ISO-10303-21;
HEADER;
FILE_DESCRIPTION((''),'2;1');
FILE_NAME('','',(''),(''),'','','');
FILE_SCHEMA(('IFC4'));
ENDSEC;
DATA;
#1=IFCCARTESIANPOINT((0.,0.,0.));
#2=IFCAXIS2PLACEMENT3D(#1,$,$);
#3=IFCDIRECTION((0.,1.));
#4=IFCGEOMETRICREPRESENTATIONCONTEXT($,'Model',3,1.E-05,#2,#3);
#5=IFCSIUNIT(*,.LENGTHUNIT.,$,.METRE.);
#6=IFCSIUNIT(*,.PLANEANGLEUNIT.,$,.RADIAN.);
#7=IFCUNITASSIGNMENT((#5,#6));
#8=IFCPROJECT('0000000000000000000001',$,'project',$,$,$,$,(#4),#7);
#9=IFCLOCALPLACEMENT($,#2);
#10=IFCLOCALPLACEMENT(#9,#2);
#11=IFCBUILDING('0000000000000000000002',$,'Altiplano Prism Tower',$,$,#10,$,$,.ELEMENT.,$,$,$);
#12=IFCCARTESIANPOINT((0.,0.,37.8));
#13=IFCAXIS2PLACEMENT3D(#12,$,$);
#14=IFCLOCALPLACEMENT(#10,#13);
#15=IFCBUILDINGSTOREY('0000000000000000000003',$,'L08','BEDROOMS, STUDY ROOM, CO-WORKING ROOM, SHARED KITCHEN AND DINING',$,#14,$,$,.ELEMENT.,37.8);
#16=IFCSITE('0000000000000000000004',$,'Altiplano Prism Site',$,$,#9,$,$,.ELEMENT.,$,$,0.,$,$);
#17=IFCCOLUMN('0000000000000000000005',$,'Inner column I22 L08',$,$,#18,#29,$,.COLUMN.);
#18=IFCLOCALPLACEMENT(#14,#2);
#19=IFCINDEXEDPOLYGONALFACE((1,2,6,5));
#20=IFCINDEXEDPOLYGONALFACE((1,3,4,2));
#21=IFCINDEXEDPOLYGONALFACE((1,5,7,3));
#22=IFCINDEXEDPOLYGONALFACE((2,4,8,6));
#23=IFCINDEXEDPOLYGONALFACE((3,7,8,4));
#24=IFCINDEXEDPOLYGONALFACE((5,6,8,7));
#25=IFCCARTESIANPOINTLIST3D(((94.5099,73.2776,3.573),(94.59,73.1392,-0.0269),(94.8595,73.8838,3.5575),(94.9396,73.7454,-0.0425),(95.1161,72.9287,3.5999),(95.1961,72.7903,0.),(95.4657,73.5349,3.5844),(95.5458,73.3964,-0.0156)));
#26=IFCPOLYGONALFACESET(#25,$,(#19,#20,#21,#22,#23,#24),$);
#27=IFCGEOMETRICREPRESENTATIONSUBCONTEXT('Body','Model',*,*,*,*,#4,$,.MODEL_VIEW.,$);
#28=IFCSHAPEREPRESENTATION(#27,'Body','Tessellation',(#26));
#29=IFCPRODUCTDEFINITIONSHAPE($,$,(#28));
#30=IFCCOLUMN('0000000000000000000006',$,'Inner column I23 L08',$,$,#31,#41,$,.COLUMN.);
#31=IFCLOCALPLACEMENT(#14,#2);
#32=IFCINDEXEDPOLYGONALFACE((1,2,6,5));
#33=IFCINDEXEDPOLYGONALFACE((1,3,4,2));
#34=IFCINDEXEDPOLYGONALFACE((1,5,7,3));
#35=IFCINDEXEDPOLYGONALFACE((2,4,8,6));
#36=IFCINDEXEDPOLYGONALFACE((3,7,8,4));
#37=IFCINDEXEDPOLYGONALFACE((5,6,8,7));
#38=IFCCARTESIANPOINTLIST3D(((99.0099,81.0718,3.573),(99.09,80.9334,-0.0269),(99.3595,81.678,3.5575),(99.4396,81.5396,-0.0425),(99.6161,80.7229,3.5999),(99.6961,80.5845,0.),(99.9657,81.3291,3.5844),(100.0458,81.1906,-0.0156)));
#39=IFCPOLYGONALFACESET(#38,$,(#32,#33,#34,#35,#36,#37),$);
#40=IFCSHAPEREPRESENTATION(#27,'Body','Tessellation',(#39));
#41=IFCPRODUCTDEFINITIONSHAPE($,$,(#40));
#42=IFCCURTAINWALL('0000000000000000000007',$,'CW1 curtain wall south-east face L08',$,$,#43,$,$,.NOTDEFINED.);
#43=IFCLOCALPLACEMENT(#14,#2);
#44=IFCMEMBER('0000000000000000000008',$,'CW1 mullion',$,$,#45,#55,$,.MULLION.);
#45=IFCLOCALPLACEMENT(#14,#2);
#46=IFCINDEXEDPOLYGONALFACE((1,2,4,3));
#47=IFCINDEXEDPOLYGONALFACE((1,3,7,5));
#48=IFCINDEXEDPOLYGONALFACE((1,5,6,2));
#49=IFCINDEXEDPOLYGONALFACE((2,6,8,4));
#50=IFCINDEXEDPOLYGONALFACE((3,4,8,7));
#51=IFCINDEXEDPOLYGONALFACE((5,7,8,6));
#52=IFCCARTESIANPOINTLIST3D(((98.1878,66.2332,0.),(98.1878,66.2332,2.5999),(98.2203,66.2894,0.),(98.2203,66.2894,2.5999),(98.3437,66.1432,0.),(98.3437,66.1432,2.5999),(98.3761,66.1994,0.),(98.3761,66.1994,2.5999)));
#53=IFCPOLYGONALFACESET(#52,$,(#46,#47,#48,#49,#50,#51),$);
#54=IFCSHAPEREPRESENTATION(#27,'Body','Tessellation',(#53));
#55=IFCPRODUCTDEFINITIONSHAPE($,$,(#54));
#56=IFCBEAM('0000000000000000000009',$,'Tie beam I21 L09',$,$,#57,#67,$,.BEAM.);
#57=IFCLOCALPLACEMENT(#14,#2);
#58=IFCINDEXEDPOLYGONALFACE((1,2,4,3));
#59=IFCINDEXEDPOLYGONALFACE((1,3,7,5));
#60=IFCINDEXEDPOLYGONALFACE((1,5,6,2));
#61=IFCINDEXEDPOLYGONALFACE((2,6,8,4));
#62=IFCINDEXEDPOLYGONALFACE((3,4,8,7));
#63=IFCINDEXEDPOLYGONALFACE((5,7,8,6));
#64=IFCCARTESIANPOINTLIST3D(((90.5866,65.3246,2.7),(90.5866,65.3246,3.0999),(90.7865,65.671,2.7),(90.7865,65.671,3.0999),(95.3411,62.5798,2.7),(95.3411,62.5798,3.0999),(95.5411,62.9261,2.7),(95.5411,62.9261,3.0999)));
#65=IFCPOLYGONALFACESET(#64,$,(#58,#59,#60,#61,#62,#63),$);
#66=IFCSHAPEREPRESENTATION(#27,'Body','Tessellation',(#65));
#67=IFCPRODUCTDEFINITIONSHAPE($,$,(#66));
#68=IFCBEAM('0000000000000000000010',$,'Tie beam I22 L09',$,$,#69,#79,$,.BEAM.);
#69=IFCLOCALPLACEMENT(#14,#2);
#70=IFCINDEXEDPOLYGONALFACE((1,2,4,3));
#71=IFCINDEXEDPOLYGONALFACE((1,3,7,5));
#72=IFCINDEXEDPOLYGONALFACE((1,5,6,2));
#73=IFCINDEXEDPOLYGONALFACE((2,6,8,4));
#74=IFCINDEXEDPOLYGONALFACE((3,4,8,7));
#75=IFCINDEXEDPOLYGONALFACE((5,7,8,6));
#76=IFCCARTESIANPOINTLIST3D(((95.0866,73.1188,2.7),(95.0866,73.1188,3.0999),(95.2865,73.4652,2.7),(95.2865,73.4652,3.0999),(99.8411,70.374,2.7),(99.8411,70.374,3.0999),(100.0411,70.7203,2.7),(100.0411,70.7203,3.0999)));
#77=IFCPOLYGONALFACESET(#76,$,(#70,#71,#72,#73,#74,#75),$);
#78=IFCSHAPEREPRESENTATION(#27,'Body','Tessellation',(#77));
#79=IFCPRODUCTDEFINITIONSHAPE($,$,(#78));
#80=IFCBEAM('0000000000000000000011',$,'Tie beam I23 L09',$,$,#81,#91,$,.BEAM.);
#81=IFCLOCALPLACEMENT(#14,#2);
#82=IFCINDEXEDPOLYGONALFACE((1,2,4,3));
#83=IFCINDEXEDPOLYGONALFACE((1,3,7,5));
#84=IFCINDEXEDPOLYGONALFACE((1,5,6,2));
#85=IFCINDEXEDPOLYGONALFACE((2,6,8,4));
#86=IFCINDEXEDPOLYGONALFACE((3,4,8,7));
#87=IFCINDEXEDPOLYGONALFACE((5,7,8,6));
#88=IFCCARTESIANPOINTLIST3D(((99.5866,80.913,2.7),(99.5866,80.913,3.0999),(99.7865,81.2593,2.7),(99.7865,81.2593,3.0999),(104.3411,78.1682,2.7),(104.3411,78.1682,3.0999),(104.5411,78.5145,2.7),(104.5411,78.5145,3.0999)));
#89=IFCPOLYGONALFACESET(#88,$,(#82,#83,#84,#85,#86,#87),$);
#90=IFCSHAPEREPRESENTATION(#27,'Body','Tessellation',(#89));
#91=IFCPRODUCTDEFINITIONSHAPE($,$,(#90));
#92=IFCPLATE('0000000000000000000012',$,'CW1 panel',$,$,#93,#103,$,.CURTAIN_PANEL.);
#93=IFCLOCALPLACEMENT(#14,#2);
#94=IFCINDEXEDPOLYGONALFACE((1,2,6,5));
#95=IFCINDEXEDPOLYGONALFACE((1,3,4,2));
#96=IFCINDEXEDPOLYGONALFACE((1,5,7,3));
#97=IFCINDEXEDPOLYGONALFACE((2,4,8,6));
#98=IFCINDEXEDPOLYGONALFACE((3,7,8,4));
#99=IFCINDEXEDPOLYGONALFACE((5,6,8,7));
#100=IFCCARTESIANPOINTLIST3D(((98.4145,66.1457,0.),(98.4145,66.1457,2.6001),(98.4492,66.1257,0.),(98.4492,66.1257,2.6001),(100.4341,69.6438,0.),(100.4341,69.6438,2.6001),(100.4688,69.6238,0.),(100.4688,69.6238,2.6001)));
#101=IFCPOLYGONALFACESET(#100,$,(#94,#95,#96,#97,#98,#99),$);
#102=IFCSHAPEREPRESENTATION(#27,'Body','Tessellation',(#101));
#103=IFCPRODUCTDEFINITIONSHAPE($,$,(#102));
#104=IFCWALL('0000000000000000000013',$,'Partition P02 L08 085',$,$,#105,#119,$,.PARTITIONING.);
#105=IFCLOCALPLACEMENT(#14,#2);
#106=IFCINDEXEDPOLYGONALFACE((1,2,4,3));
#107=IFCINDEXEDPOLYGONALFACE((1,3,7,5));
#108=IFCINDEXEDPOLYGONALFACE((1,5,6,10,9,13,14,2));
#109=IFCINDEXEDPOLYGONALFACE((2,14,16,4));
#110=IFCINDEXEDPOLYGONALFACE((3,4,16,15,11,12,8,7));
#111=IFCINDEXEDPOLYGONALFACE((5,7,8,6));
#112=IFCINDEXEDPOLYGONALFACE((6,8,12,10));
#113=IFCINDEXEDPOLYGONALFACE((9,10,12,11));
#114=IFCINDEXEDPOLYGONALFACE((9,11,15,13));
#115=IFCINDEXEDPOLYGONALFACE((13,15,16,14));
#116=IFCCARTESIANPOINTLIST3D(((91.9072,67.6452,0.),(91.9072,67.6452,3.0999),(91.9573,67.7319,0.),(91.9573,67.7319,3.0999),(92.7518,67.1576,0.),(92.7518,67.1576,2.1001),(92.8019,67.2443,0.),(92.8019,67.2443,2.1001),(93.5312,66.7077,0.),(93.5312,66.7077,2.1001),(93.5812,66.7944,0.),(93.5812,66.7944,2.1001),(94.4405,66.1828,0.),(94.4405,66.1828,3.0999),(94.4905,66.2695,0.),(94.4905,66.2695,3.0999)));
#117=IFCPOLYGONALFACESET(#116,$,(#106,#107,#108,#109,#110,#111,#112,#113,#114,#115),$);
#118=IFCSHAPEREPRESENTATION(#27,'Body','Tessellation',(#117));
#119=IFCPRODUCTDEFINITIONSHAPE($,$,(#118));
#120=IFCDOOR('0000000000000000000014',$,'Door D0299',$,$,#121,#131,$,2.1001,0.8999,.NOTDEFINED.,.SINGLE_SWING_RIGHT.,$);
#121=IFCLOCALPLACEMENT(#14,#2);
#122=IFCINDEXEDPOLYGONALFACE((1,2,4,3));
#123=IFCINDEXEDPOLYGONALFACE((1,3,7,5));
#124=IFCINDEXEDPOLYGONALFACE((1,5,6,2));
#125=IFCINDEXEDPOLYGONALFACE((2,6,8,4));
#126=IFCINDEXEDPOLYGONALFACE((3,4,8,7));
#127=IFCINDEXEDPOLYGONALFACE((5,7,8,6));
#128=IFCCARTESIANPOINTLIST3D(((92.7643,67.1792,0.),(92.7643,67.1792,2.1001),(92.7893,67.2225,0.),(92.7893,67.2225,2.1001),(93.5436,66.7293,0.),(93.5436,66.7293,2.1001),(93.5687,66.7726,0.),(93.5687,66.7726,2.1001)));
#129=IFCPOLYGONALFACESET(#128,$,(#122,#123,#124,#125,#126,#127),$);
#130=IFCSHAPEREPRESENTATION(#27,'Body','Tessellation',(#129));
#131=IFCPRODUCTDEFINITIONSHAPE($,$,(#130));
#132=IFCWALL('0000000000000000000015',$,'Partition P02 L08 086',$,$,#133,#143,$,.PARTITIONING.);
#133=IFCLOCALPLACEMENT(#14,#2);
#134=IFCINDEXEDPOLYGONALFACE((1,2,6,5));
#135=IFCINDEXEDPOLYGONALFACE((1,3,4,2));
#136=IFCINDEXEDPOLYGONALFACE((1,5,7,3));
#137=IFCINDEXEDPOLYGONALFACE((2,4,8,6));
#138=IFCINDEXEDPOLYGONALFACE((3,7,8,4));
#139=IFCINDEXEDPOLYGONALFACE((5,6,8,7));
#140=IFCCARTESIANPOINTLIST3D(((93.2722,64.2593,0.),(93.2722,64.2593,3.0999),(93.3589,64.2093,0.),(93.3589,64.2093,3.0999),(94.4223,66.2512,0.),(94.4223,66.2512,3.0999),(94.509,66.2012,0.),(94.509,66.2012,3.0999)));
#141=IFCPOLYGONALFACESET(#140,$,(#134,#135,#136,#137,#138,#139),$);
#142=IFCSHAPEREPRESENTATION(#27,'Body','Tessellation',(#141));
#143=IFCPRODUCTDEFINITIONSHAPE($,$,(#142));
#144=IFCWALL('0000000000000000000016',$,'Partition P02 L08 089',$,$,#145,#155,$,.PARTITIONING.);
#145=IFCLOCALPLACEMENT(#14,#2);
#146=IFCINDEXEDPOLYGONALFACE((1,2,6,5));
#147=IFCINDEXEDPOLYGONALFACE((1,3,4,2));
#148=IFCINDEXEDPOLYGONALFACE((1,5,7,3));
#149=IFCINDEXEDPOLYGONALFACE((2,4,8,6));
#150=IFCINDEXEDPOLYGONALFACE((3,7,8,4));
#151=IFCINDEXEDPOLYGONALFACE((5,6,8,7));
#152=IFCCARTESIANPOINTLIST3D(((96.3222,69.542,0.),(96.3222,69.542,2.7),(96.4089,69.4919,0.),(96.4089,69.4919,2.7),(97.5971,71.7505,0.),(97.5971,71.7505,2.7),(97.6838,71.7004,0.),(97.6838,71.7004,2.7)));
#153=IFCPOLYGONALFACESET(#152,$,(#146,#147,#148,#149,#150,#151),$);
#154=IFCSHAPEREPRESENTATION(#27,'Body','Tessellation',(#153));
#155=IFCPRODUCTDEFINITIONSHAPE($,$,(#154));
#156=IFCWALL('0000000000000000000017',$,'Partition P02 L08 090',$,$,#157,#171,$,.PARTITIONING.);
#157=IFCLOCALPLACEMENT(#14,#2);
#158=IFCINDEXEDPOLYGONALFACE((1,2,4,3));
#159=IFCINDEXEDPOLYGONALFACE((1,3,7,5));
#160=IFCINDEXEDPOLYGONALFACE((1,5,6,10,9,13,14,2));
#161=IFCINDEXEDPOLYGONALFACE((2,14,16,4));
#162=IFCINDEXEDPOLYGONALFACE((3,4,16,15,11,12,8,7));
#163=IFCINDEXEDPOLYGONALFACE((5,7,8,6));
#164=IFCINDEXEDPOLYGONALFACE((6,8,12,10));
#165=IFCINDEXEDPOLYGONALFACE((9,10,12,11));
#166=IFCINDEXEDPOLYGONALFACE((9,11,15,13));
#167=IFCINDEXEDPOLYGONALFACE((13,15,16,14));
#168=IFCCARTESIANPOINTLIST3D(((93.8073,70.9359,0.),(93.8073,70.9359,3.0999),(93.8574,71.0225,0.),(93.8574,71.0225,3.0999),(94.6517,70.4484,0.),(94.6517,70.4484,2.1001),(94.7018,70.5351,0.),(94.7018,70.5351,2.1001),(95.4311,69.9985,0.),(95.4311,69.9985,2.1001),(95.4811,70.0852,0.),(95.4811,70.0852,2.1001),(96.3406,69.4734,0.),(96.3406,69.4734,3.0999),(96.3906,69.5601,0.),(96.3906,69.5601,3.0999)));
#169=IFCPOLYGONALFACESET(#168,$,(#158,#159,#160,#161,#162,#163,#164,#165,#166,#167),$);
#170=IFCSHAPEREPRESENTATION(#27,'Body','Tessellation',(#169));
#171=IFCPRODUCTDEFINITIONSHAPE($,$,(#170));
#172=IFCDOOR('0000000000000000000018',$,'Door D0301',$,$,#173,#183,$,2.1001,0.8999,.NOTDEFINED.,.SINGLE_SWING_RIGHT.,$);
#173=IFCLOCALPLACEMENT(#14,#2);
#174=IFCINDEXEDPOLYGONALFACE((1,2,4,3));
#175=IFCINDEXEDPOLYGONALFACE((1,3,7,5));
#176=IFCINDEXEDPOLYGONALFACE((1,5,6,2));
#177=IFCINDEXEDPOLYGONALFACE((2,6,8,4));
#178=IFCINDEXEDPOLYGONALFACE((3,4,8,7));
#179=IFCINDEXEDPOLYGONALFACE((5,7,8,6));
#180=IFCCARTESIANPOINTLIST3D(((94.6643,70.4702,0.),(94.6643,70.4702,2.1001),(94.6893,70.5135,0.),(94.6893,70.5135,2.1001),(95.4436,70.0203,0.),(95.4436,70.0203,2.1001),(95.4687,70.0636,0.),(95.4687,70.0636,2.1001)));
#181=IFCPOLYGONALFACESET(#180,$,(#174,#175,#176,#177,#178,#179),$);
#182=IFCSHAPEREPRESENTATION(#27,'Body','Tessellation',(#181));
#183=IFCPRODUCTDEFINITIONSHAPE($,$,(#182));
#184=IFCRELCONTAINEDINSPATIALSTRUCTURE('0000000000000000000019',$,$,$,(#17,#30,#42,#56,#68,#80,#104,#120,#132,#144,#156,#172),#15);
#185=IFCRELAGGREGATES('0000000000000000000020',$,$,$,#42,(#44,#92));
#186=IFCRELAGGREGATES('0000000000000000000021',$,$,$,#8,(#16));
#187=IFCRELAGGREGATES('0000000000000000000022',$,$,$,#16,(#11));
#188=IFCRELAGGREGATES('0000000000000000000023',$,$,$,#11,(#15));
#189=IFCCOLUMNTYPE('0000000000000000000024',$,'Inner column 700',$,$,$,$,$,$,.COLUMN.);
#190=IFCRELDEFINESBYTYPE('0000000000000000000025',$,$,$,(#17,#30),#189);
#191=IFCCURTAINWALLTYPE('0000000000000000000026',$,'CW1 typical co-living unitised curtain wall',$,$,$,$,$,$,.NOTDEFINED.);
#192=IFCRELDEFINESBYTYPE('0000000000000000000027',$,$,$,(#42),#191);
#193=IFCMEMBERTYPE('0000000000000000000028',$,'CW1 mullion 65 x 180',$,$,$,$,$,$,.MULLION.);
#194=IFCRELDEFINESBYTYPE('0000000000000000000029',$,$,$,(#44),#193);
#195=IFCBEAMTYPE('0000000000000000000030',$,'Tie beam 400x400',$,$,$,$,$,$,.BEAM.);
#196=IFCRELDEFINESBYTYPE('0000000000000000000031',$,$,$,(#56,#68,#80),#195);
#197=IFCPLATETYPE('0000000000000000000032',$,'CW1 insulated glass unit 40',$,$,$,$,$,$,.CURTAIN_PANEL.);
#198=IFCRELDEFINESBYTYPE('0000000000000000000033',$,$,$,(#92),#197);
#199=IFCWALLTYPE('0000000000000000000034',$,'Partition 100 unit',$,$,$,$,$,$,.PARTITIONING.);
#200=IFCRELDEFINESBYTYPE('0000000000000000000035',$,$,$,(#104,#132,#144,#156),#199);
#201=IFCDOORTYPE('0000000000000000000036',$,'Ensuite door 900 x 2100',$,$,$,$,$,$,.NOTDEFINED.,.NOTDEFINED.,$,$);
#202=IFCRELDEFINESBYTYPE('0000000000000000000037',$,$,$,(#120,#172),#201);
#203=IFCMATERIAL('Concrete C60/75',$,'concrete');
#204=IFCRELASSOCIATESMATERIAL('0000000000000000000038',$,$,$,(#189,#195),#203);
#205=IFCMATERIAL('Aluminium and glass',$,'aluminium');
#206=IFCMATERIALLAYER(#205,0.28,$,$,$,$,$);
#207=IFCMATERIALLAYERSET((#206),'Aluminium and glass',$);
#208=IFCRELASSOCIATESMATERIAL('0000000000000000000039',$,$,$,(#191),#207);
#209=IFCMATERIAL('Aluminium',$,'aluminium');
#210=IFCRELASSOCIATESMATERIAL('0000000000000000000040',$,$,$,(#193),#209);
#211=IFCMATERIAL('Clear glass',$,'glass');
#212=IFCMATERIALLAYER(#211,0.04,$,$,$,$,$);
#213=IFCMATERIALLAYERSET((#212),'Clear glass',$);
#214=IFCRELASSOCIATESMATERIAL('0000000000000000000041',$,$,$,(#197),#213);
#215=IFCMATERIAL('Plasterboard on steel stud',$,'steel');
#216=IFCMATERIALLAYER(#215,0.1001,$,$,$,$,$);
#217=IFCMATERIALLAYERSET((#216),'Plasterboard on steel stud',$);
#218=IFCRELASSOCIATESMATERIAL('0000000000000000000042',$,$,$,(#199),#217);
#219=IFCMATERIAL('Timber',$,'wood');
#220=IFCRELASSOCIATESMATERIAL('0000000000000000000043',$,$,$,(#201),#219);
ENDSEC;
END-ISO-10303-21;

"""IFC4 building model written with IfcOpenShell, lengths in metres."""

from ifc_helpers import new_model, si_unit, direction, frame, frame_2d, origin, origin_2d, place, context, subcontext, project, spatial, rectangle, extrude, material, layer, layer_set, material_profile, profile_set, type_object, element, fill, aggregate, save


model = new_model("IFC4")

# Units and contexts
model_context = context("Model", 3, precision=1e-05, world=origin(), true_north=direction((0.0, 1.0)))
body_context = subcontext(model_context, "Body", "Model", "MODEL_VIEW")
ifc_project = project(units=[si_unit("LENGTHUNIT", "METRE"), si_unit("PLANEANGLEUNIT", "RADIAN")], contexts=[model_context])

# Site, building, storey
site_placement = place(None, origin())
site = spatial("IfcSite", under=ifc_project, at=site_placement, Name="Altiplano Prism Site", CompositionType="ELEMENT", RefElevation=0.0)
building_placement = place(site_placement, origin())
building = spatial("IfcBuilding", under=site, at=building_placement, Name="Altiplano Prism Tower", CompositionType="ELEMENT")
storey_placement = place(building_placement, frame((0.0, 0.0, 37.8)))
storey = spatial("IfcBuildingStorey", under=building, at=storey_placement, Name="L08", Description="BEDROOMS, STUDY ROOM, CO-WORKING ROOM, SHARED KITCHEN AND DINING", CompositionType="ELEMENT", Elevation=37.8)

# Columns
ifc_material_1 = material(Name="Concrete C60/75", Category="concrete")
ifc_material_profile_1 = material_profile(ifc_material_1, rectangle(XDim=0.7, YDim=0.7, at=origin_2d()), Name="Inner column 700")
ifc_profile_set_1 = profile_set([ifc_material_profile_1], Name="Concrete C60/75")
column_type = type_object("IfcColumnType", Name="Inner column 700", PredefinedType="COLUMN", material=ifc_profile_set_1)
for number, where, z_axis, x_axis, name in (
    (1, (95.0679, 73.2678, -0.0212), (-0.022223, 0.038416, 0.999015), (-0.499518, -0.86602, 0.02219), "Inner column I22 L08"),
    (2, (99.5679, 81.062, -0.0212), (-0.022223, 0.038416, 0.999015), (-0.499506, -0.866026, 0.022191), "Inner column I23 L08"),
):
    element("IfcColumn", number, at=place(storey_placement, frame(where, z_axis=z_axis, x_axis=x_axis)), inside=storey, type_object=column_type, Name=name, PredefinedType="COLUMN", context=body_context, shape_type="SweptSolid", body=[
        extrude(rectangle(XDim=0.7, YDim=0.7, at=origin_2d()), origin(), (0.0, 0.0, 1.0), 3.6035),
    ])

# Curtain wall, member
ifc_material_2 = material(Name="Aluminium and glass", Category="aluminium")
ifc_layer_1 = layer(ifc_material_2, 0.28)
ifc_layer_set_1 = layer_set([ifc_layer_1], Name="Aluminium and glass")
curtain_wall_type = type_object("IfcCurtainWallType", Name="CW1 typical co-living unitised curtain wall", PredefinedType="NOTDEFINED", material=ifc_layer_set_1)
curtain_wall_placement = place(storey_placement, origin())
curtain_wall = element("IfcCurtainWall", 3, at=curtain_wall_placement, inside=storey, type_object=curtain_wall_type, Name="CW1 curtain wall south-east face L08", PredefinedType="NOTDEFINED")
ifc_material_3 = material(Name="Aluminium", Category="aluminium")
ifc_material_profile_2 = material_profile(ifc_material_3, rectangle(XDim=0.1799, YDim=0.0649, at=origin_2d()), Name="CW1 mullion 65 x 180")
ifc_profile_set_2 = profile_set([ifc_material_profile_2], Name="Aluminium")
member_type = type_object("IfcMemberType", Name="CW1 mullion 65 x 180", PredefinedType="MULLION", material=ifc_profile_set_2)
member_placement = place(storey_placement, frame((98.282, 66.2163, 0.0), z_axis=(0.0, 0.0, 1.0), x_axis=(-0.866025, 0.5, 0.0)))
member = element("IfcMember", 4, at=member_placement, type_object=member_type, Name="CW1 mullion", PredefinedType="MULLION", context=body_context, shape_type="SweptSolid", body=[
    extrude(rectangle(XDim=0.1799, YDim=0.0649, at=origin_2d()), origin(), (0.0, 0.0, 1.0), 2.5999),
])

# Beams
ifc_material_profile_3 = material_profile(ifc_material_1, rectangle(XDim=0.3999, YDim=0.3999, at=origin_2d()), Name="Tie beam 400x400")
ifc_profile_set_3 = profile_set([ifc_material_profile_3], Name="Concrete C60/75")
beam_type = type_object("IfcBeamType", Name="Tie beam 400x400", PredefinedType="BEAM", material=ifc_profile_set_3)
for number, where, z_axis, x_axis, name in (
    (5, (90.6865, 65.4978, 2.8999), (0.866043, -0.49997, 0.0), (0.49997, 0.866043, 0.0), "Tie beam I21 L09"),
    (6, (95.1865, 73.292, 2.8999), (0.866043, -0.49997, 0.0), (0.49997, 0.866043, 0.0), "Tie beam I22 L09"),
    (7, (99.6865, 81.0862, 2.8999), (0.866043, -0.49997, 0.0), (0.49997, 0.866043, 0.0), "Tie beam I23 L09"),
):
    element("IfcBeam", number, at=place(storey_placement, frame(where, z_axis=z_axis, x_axis=x_axis)), inside=storey, type_object=beam_type, Name=name, PredefinedType="BEAM", context=body_context, shape_type="SweptSolid", body=[
        extrude(rectangle(XDim=0.3999, YDim=0.3999, at=origin_2d()), origin(), (0.0, 0.0, 1.0), 5.49),
    ])

# Plate
ifc_material_4 = material(Name="Clear glass", Category="glass")
ifc_layer_2 = layer(ifc_material_4, 0.04)
ifc_layer_set_2 = layer_set([ifc_layer_2], Name="Clear glass")
plate_type = type_object("IfcPlateType", Name="CW1 insulated glass unit 40", PredefinedType="CURTAIN_PANEL", material=ifc_layer_set_2)
plate_placement = place(storey_placement, frame((99.4417, 67.8848, 0.0), z_axis=(0.0, 0.0, 1.0), x_axis=(0.5, 0.866025, 0.0)))
plate = element("IfcPlate", 8, at=plate_placement, type_object=plate_type, Name="CW1 panel", PredefinedType="CURTAIN_PANEL", context=body_context, shape_type="SweptSolid", body=[
    extrude(rectangle(XDim=4.0393, YDim=0.04, at=origin_2d()), origin(), (0.0, 0.0, 1.0), 2.6001),
])
aggregate(curtain_wall, [member, plate])

# Wall, opening, door
ifc_material_5 = material(Name="Plasterboard on steel stud", Category="steel")
ifc_layer_3 = layer(ifc_material_5, 0.1001)
ifc_layer_set_3 = layer_set([ifc_layer_3], Name="Plasterboard on steel stud")
wall_type_1 = type_object("IfcWallType", Name="Partition 100 unit", PredefinedType="PARTITIONING", material=ifc_layer_set_3)
wall_1_placement = place(storey_placement, frame((91.9324, 67.6885, 0.0), z_axis=(0.0, 0.0, 1.0), x_axis=(0.866047, -0.499963, 0.0)))
wall_1 = element("IfcWall", 9, at=wall_1_placement, inside=storey, type_object=wall_type_1, Name="Partition P02 L08 085", PredefinedType="PARTITIONING", context=body_context, shape_type="SweptSolid", body=[
    extrude(rectangle(XDim=2.925, YDim=0.1001, at=frame_2d((1.4624, 0.0))), origin(), (0.0, 0.0, 1.0), 3.0999),
])
opening_1_placement = place(wall_1_placement, frame((0.9751, 0.0, 0.0)))
opening_1 = element("IfcOpeningElement", 10, at=opening_1_placement, cuts=wall_1, PredefinedType="OPENING", context=body_context, shape_type="SweptSolid", body=[
    extrude(rectangle(XDim=0.8999, YDim=2.1001, at=frame_2d((0.45, 1.05))), frame((0.0, 0.0605, 0.0), z_axis=(0.0, -1.0, 0.0), x_axis=(1.0, 0.0, 0.0)), (0.0, 0.0, 1.0), 0.1211),
])
ifc_material_6 = material(Name="Timber", Category="wood")
door_type = type_object("IfcDoorType", Name="Ensuite door 900 x 2100", OperationType="NOTDEFINED", PredefinedType="NOTDEFINED", material=ifc_material_6)
door_1_placement = place(opening_1_placement, origin())
door_1 = element("IfcDoor", 11, at=door_1_placement, inside=storey, type_object=door_type, Name="Door D0299", OperationType="SINGLE_SWING_RIGHT", OverallHeight=2.1001, OverallWidth=0.8999, PredefinedType="NOTDEFINED", context=body_context, shape_type="SweptSolid", body=[
    extrude(rectangle(XDim=0.8999, YDim=2.1001, at=frame_2d((0.45, 1.05))), frame((0.0, 0.0249, 0.0), z_axis=(0.0, -1.0, 0.0), x_axis=(1.0, 0.0, 0.0)), (0.0, 0.0, 1.0), 0.05),
])
fill(opening_1, door_1)

# Walls
wall_2_placement = place(storey_placement, frame((94.4656, 66.2261, 0.0), z_axis=(0.0, 0.0, 1.0), x_axis=(-0.500032, -0.866007, 0.0)))
element("IfcWall", 12, at=wall_2_placement, inside=storey, type_object=wall_type_1, Name="Partition P02 L08 086", PredefinedType="PARTITIONING", context=body_context, shape_type="SweptSolid", body=[
    extrude(rectangle(XDim=2.3, YDim=0.1001, at=frame_2d((1.1499, 0.0))), origin(), (0.0, 0.0, 1.0), 3.0999),
])
wall_3_placement = place(storey_placement, frame((97.6404, 71.7253, 0.0), z_axis=(0.0, 0.0, 1.0), x_axis=(-0.499949, -0.866055, 0.0)))
element("IfcWall", 13, at=wall_3_placement, inside=storey, type_object=wall_type_1, Name="Partition P02 L08 089", PredefinedType="PARTITIONING", context=body_context, shape_type="SweptSolid", body=[
    extrude(rectangle(XDim=2.55, YDim=0.1001, at=frame_2d((1.2749, 0.0))), origin(), (0.0, 0.0, 1.0), 2.7),
])

# Wall, opening, door
wall_4_placement = place(storey_placement, frame((96.3655, 69.5168, 0.0), z_axis=(0.0, 0.0, 1.0), x_axis=(-0.866047, 0.499963, 0.0)))
wall_4 = element("IfcWall", 14, at=wall_4_placement, inside=storey, type_object=wall_type_1, Name="Partition P02 L08 090", PredefinedType="PARTITIONING", context=body_context, shape_type="SweptSolid", body=[
    extrude(rectangle(XDim=2.925, YDim=0.1001, at=frame_2d((1.4624, 0.0))), origin(), (0.0, 0.0, 1.0), 3.0999),
])
opening_2_placement = place(wall_4_placement, frame((1.05, 0.0, 0.0)))
opening_2 = element("IfcOpeningElement", 15, at=opening_2_placement, cuts=wall_4, PredefinedType="OPENING", context=body_context, shape_type="SweptSolid", body=[
    extrude(rectangle(XDim=0.8999, YDim=2.1001, at=frame_2d((0.45, 1.05))), frame((0.0, 0.0605, 0.0), z_axis=(0.0, -1.0, 0.0), x_axis=(1.0, 0.0, 0.0)), (0.0, 0.0, 1.0), 0.1211),
])
door_2_placement = place(opening_2_placement, origin())
door_2 = element("IfcDoor", 16, at=door_2_placement, inside=storey, type_object=door_type, Name="Door D0301", OperationType="SINGLE_SWING_RIGHT", OverallHeight=2.1001, OverallWidth=0.8999, PredefinedType="NOTDEFINED", context=body_context, shape_type="SweptSolid", body=[
    extrude(rectangle(XDim=0.8999, YDim=2.1001, at=frame_2d((0.45, 1.05))), frame((0.0, 0.0249, 0.0), z_axis=(0.0, -1.0, 0.0), x_axis=(1.0, 0.0, 0.0)), (0.0, 0.0, 1.0), 0.05),
])
fill(opening_2, door_2)

save(model, "model.ifc")
